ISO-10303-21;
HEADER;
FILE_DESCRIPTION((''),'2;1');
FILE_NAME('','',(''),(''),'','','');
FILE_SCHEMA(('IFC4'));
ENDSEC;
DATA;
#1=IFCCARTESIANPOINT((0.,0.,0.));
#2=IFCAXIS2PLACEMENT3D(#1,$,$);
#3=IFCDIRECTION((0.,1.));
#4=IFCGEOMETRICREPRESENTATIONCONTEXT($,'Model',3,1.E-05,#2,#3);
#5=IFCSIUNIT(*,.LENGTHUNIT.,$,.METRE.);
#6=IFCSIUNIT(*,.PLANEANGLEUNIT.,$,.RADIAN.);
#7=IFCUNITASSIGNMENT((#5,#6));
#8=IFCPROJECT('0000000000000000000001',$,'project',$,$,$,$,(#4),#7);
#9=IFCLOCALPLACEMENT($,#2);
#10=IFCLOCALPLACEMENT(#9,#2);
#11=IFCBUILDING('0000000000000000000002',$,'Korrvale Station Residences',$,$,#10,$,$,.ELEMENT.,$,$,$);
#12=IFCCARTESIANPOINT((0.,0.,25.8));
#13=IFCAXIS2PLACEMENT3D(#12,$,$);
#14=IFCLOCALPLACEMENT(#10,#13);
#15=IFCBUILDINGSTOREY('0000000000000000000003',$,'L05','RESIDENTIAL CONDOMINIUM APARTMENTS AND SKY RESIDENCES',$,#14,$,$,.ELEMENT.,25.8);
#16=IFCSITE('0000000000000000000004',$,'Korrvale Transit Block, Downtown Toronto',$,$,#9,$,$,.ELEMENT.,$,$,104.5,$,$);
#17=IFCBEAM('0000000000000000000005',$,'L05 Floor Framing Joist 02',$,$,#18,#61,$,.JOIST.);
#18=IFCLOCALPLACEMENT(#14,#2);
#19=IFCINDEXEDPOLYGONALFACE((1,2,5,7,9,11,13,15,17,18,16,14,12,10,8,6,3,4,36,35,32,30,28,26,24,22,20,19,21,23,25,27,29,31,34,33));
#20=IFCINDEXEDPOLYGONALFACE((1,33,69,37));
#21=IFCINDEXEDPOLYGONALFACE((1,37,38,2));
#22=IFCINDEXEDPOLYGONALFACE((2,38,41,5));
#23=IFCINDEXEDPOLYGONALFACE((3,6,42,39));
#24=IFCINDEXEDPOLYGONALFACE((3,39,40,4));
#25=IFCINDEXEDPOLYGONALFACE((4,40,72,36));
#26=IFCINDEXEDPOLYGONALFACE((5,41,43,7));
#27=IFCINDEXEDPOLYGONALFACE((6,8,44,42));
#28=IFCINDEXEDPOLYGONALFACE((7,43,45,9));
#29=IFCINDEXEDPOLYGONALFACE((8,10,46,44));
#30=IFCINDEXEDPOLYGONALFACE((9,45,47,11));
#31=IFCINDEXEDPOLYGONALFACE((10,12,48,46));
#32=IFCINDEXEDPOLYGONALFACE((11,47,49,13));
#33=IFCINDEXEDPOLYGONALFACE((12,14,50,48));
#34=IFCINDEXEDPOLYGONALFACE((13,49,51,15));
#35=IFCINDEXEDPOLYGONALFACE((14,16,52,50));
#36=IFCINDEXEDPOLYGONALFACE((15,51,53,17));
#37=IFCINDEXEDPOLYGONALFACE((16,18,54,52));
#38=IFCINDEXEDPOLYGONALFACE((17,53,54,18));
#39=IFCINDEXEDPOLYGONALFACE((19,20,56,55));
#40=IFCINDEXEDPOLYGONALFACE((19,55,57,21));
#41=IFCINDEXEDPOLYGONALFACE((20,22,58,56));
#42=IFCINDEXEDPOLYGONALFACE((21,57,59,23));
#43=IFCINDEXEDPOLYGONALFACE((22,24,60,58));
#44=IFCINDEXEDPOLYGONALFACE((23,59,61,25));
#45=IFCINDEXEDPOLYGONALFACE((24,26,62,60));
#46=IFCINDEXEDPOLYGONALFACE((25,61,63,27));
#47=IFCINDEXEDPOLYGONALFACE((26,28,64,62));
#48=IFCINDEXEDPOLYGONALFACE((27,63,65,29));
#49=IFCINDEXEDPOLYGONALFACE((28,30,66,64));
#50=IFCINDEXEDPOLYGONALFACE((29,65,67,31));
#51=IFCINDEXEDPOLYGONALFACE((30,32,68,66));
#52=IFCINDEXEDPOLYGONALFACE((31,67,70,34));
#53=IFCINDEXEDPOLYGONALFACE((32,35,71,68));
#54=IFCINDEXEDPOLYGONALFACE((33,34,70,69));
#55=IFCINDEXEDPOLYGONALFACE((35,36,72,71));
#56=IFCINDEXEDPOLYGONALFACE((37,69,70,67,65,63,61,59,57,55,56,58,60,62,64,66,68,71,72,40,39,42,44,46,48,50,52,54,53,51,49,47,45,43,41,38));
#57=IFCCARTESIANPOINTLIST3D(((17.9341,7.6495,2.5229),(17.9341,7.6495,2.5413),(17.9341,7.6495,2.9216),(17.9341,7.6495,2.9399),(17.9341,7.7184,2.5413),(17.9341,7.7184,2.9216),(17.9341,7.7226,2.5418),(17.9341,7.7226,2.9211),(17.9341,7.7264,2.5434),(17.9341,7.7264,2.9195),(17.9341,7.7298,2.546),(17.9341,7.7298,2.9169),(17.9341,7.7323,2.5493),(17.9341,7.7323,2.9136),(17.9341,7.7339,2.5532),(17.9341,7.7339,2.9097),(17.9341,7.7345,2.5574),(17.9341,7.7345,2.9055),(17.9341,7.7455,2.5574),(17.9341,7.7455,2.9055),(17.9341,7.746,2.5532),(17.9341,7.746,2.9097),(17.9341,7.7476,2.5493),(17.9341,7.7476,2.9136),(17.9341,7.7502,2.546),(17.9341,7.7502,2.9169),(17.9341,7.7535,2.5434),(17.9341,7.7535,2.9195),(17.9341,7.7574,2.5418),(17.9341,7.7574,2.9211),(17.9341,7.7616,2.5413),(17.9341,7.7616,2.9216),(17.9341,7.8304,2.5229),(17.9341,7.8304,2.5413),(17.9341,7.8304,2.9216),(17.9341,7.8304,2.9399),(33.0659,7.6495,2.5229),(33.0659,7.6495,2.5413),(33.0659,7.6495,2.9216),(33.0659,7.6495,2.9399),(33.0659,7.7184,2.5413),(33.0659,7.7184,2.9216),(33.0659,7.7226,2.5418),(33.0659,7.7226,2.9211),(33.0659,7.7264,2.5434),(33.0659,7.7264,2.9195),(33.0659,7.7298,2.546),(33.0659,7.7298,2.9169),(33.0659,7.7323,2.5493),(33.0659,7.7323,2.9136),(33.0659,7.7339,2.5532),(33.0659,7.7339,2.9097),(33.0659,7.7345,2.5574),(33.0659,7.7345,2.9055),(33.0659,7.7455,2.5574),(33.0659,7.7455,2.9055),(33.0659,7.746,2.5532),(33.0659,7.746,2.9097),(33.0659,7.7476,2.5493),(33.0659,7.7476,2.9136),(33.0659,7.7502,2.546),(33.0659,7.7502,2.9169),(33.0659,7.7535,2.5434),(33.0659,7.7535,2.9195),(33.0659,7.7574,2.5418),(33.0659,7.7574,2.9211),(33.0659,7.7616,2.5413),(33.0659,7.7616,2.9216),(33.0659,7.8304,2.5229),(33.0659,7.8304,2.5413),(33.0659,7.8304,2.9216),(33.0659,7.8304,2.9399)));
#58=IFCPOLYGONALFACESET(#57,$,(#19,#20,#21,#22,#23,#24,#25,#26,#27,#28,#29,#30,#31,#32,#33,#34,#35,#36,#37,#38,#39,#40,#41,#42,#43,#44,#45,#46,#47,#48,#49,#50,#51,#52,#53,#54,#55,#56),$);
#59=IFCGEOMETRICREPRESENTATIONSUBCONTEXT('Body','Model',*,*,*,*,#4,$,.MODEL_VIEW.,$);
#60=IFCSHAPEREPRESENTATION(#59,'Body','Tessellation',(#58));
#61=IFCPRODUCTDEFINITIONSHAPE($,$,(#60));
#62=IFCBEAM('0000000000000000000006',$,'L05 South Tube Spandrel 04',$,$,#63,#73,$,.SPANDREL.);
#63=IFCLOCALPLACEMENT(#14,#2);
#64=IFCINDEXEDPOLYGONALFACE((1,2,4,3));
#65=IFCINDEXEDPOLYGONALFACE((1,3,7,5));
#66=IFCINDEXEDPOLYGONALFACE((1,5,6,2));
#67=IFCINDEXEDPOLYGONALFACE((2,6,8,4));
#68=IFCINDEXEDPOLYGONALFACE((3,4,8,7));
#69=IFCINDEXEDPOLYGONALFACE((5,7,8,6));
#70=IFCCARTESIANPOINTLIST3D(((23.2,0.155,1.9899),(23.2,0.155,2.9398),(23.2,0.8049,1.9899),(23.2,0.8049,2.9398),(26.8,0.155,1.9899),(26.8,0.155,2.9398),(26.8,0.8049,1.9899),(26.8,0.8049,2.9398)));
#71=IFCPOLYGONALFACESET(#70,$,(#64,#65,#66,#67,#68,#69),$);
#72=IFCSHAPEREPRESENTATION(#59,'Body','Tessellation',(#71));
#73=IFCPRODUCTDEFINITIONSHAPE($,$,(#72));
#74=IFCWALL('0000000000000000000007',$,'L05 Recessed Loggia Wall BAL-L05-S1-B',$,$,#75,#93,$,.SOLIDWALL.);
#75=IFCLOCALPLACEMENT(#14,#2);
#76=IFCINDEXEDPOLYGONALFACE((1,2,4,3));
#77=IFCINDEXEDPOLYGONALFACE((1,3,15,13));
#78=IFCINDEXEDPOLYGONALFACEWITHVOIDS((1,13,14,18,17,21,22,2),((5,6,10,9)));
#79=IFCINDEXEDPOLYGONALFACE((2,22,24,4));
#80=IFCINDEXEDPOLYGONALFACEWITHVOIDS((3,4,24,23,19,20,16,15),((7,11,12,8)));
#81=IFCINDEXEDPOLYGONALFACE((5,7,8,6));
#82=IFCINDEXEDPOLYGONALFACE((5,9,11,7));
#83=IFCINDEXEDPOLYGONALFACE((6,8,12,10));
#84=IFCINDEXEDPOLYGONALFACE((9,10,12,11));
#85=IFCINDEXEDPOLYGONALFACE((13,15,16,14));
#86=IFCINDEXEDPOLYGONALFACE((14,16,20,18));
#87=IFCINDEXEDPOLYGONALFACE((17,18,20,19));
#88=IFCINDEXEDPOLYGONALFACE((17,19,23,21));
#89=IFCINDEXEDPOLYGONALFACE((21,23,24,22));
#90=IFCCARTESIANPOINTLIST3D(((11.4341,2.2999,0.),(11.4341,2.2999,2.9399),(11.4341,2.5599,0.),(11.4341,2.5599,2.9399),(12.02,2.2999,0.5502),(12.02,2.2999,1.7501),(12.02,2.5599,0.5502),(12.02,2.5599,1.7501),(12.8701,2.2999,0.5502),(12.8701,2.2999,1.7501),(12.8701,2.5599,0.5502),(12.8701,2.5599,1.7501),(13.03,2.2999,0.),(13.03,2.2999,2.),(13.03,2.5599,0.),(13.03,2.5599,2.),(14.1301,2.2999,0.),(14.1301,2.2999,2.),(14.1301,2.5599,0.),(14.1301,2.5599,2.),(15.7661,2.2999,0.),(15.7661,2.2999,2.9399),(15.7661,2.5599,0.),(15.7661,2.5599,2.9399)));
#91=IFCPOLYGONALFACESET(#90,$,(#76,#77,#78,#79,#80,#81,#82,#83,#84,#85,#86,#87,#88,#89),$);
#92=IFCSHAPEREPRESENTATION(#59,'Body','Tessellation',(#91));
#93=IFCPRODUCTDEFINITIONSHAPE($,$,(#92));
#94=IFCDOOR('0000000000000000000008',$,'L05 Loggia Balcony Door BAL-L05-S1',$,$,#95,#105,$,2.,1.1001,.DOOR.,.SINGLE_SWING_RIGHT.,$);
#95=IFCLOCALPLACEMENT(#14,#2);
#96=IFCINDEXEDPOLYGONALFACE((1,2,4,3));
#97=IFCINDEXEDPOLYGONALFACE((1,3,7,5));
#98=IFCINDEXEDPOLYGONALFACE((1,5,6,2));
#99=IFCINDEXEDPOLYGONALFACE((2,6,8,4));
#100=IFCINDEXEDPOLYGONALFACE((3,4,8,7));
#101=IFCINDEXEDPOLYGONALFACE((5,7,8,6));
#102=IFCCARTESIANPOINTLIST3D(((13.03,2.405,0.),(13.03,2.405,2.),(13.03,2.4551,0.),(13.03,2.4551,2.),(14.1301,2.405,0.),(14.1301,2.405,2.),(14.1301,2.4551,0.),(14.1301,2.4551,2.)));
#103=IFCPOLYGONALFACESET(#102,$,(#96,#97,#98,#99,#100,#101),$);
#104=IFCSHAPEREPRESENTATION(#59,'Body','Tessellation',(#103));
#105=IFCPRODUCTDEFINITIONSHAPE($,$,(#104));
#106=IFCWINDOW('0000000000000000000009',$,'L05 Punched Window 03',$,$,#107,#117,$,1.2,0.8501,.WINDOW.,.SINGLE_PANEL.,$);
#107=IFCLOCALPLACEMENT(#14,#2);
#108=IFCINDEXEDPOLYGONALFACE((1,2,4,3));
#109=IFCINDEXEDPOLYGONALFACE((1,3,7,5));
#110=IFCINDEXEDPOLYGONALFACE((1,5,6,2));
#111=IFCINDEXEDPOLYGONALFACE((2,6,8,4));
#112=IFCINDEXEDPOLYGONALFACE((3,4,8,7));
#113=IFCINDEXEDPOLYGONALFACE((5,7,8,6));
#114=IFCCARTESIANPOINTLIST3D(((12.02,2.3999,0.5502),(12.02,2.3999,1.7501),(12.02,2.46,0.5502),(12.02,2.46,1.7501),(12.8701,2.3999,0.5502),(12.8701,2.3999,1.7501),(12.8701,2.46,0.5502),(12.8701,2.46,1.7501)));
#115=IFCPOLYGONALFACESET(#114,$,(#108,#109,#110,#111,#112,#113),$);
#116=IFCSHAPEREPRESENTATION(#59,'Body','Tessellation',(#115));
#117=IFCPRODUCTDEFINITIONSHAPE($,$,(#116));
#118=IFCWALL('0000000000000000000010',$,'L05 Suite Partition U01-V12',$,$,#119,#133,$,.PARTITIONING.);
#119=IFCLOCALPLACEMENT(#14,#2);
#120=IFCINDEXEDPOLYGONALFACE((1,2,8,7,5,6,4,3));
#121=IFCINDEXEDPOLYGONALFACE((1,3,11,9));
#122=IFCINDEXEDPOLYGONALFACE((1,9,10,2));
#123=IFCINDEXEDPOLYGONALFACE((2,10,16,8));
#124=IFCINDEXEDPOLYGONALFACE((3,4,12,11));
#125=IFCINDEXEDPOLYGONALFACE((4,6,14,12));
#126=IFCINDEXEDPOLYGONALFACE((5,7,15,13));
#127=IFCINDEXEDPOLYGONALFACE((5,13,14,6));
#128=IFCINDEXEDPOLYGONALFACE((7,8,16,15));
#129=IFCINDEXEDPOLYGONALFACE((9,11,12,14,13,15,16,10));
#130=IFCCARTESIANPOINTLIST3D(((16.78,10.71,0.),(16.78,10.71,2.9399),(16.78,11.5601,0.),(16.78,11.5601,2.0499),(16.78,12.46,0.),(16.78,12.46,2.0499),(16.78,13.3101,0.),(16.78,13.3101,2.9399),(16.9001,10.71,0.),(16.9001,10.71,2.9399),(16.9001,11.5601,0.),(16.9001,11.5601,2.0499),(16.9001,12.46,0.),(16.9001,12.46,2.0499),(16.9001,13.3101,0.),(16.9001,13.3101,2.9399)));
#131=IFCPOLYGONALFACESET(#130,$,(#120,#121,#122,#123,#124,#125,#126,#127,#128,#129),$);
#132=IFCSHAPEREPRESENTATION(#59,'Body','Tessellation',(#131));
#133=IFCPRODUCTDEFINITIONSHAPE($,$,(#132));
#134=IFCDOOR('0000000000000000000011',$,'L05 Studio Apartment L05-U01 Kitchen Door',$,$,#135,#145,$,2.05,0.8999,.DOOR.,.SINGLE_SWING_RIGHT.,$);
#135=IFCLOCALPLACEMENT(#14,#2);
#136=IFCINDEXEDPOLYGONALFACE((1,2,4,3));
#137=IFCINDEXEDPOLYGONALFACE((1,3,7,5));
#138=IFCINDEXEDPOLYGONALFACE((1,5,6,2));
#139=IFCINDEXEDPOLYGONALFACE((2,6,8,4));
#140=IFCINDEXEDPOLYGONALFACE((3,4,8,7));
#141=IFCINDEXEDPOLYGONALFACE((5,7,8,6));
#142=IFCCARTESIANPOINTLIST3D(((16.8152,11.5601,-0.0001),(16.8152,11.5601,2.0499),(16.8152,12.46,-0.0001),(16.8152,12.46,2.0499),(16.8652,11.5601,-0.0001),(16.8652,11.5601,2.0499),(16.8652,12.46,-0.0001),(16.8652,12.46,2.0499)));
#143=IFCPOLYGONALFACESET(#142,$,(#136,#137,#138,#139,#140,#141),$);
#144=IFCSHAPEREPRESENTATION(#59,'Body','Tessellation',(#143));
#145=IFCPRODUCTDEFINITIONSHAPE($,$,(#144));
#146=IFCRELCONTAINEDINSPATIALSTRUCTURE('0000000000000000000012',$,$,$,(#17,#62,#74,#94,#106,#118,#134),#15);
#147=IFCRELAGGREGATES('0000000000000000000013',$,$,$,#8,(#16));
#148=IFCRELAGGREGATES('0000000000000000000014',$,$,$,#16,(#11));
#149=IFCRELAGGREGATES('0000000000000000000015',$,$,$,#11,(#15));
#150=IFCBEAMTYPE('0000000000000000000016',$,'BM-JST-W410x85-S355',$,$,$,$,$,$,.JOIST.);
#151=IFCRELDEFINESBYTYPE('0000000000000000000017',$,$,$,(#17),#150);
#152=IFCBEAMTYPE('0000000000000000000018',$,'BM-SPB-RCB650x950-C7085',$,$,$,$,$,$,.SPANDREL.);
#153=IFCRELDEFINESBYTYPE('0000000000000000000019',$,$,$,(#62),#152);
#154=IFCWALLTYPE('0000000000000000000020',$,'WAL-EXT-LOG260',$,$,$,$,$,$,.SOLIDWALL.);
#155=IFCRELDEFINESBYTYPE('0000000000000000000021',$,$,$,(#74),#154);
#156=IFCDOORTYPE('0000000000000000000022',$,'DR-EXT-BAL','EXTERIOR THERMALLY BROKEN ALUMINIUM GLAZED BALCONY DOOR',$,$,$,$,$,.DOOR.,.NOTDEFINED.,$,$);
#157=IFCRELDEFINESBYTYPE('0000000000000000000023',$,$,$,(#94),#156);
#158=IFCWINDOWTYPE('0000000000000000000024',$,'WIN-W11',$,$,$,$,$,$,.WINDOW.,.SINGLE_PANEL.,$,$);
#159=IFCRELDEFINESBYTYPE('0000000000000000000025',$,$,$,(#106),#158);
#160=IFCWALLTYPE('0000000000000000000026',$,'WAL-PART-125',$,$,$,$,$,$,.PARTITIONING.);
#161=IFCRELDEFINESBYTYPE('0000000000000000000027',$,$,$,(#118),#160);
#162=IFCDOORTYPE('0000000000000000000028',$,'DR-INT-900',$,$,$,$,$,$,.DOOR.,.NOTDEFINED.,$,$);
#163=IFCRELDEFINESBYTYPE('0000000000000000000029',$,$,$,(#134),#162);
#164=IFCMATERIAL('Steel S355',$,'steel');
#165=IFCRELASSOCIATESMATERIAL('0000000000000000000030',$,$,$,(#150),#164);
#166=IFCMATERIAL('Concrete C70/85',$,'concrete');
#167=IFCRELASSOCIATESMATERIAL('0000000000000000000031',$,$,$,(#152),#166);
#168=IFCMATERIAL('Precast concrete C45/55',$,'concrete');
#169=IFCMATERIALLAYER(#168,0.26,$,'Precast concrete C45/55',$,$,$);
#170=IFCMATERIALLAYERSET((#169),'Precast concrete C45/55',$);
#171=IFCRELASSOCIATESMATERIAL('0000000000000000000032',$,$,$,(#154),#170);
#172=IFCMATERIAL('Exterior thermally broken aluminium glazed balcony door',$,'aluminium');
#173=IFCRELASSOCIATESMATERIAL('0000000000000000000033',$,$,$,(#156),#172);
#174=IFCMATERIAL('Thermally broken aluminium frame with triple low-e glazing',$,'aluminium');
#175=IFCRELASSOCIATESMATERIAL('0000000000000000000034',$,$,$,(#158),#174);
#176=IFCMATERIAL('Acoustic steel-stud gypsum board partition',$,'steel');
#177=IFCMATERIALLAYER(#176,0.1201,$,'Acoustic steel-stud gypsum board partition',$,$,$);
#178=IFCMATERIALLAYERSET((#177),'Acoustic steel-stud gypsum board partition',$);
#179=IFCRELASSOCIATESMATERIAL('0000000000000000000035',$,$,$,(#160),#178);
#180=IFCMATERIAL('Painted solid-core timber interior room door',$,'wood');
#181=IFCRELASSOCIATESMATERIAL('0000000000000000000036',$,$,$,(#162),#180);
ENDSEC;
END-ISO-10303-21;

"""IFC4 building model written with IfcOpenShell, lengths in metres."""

from ifc_helpers import new_model, si_unit, direction, frame, frame_2d, origin, origin_2d, place, context, subcontext, project, spatial, rectangle, i_section, extrude, material, layer, layer_set, material_profile, profile_set, type_object, element, fill, save


model = new_model("IFC4")

# Units and contexts
model_context = context("Model", 3, precision=1e-05, world=origin(), true_north=direction((0.0, 1.0)))
body_context = subcontext(model_context, "Body", "Model", "MODEL_VIEW")
ifc_project = project(units=[si_unit("LENGTHUNIT", "METRE"), si_unit("PLANEANGLEUNIT", "RADIAN")], contexts=[model_context])

# Site, building, storey
site_placement = place(None, origin())
site = spatial("IfcSite", under=ifc_project, at=site_placement, Name="Korrvale Transit Block, Downtown Toronto", CompositionType="ELEMENT", RefElevation=104.5)
building_placement = place(site_placement, origin())
building = spatial("IfcBuilding", under=site, at=building_placement, Name="Korrvale Station Residences", CompositionType="ELEMENT")
storey_placement = place(building_placement, frame((0.0, 0.0, 25.8)))
storey = spatial("IfcBuildingStorey", under=building, at=storey_placement, Name="L05", Description="RESIDENTIAL CONDOMINIUM APARTMENTS AND SKY RESIDENCES", CompositionType="ELEMENT", Elevation=25.8)

# Beams
ifc_material_1 = material(Name="Steel S355", Category="steel")
ifc_material_profile_1 = material_profile(ifc_material_1, i_section(OverallWidth=0.1809, OverallDepth=0.417, WebThickness=0.011, FlangeThickness=0.0183, FilletRadius=0.0161, at=origin_2d()), Name="W410x85")
ifc_profile_set_1 = profile_set([ifc_material_profile_1], Name="Steel S355")
beam_type_1 = type_object("IfcBeamType", Name="BM-JST-W410x85-S355", PredefinedType="JOIST", material=ifc_profile_set_1)
beam_1_placement = place(storey_placement, frame((17.9341, 7.74, 2.7314), z_axis=(1.0, 0.0, 0.0), x_axis=(0.0, 1.0, 0.0)))
element("IfcBeam", 1, at=beam_1_placement, inside=storey, type_object=beam_type_1, Name="L05 Floor Framing Joist 02", PredefinedType="JOIST", context=body_context, shape_type="SweptSolid", body=[
    extrude(i_section(OverallWidth=0.1809, OverallDepth=0.417, WebThickness=0.011, FlangeThickness=0.0183, FilletRadius=0.0161, at=origin_2d()), origin(), (0.0, 0.0, 1.0), 15.1318),
])
ifc_material_2 = material(Name="Concrete C70/85", Category="concrete")
ifc_material_profile_2 = material_profile(ifc_material_2, rectangle(XDim=0.6499, YDim=0.95, at=origin_2d()), Name="RCB650x950")
ifc_profile_set_2 = profile_set([ifc_material_profile_2], Name="Concrete C70/85")
beam_type_2 = type_object("IfcBeamType", Name="BM-SPB-RCB650x950-C7085", PredefinedType="SPANDREL", material=ifc_profile_set_2)
beam_2_placement = place(storey_placement, frame((23.2, 0.48, 2.4648), z_axis=(1.0, 0.0, 0.0), x_axis=(0.0, 1.0, 0.0)))
element("IfcBeam", 2, at=beam_2_placement, inside=storey, type_object=beam_type_2, Name="L05 South Tube Spandrel 04", PredefinedType="SPANDREL", context=body_context, shape_type="SweptSolid", body=[
    extrude(rectangle(XDim=0.6499, YDim=0.95, at=origin_2d()), origin(), (0.0, 0.0, 1.0), 3.6001),
])

# Wall, openings, door, window
ifc_material_3 = material(Name="Precast concrete C45/55", Category="concrete")
ifc_layer_1 = layer(ifc_material_3, 0.26, Name="Precast concrete C45/55")
ifc_layer_set_1 = layer_set([ifc_layer_1], Name="Precast concrete C45/55")
wall_type_1 = type_object("IfcWallType", Name="WAL-EXT-LOG260", PredefinedType="SOLIDWALL", material=ifc_layer_set_1)
wall_1_placement = place(storey_placement, frame((15.7661, 2.4299, 0.0), z_axis=(0.0, 0.0, 1.0), x_axis=(-1.0, 0.0, 0.0)))
wall_1 = element("IfcWall", 3, at=wall_1_placement, inside=storey, type_object=wall_type_1, Name="L05 Recessed Loggia Wall BAL-L05-S1-B", PredefinedType="SOLIDWALL", context=body_context, shape_type="SweptSolid", body=[
    extrude(rectangle(XDim=4.332, YDim=0.26, at=frame_2d((2.166, 0.0))), origin(), (0.0, 0.0, 1.0), 2.9399),
])
opening_1_placement = place(wall_1_placement, frame((1.636, 0.0, 0.0)))
opening_1 = element("IfcOpeningElement", 4, at=opening_1_placement, cuts=wall_1, PredefinedType="OPENING", context=body_context, shape_type="SweptSolid", body=[
    extrude(rectangle(XDim=1.1001, YDim=2.0, at=frame_2d((0.55, 1.0))), frame((0.0, 0.1401, 0.0), z_axis=(0.0, -1.0, 0.0), x_axis=(1.0, 0.0, 0.0)), (0.0, 0.0, 1.0), 0.28),
])
opening_2_placement = place(wall_1_placement, frame((2.896, 0.0, 0.55)))
opening_2 = element("IfcOpeningElement", 5, at=opening_2_placement, cuts=wall_1, PredefinedType="OPENING", context=body_context, shape_type="SweptSolid", body=[
    extrude(rectangle(XDim=0.8501, YDim=1.2, at=frame_2d((0.425, 0.6001))), frame((0.0, 0.1401, 0.0), z_axis=(0.0, -1.0, 0.0), x_axis=(1.0, 0.0, 0.0)), (0.0, 0.0, 1.0), 0.28),
])
ifc_material_4 = material(Name="Exterior thermally broken aluminium glazed balcony door", Category="aluminium")
door_type_1 = type_object("IfcDoorType", Name="DR-EXT-BAL", Description="EXTERIOR THERMALLY BROKEN ALUMINIUM GLAZED BALCONY DOOR", OperationType="NOTDEFINED", PredefinedType="DOOR", material=ifc_material_4)
door_1_placement = place(opening_1_placement, origin())
door_1 = element("IfcDoor", 6, at=door_1_placement, inside=storey, type_object=door_type_1, Name="L05 Loggia Balcony Door BAL-L05-S1", OperationType="SINGLE_SWING_RIGHT", OverallHeight=2.0, OverallWidth=1.1001, PredefinedType="DOOR", context=body_context, shape_type="SweptSolid", body=[
    extrude(rectangle(XDim=1.1001, YDim=2.0, at=frame_2d((0.55, 1.0))), frame((0.0, 0.0249, 0.0), z_axis=(0.0, -1.0, 0.0), x_axis=(1.0, 0.0, 0.0)), (0.0, 0.0, 1.0), 0.05),
])
fill(opening_1, door_1)
ifc_material_5 = material(Name="Thermally broken aluminium frame with triple low-e glazing", Category="aluminium")
window_type = type_object("IfcWindowType", Name="WIN-W11", PartitioningType="SINGLE_PANEL", PredefinedType="WINDOW", material=ifc_material_5)
window_placement = place(opening_2_placement, origin())
window = element("IfcWindow", 7, at=window_placement, inside=storey, type_object=window_type, Name="L05 Punched Window 03", OverallHeight=1.2, OverallWidth=0.8501, PartitioningType="SINGLE_PANEL", PredefinedType="WINDOW", context=body_context, shape_type="SweptSolid", body=[
    extrude(rectangle(XDim=0.8501, YDim=1.2, at=frame_2d((0.425, 0.6001))), frame((0.0, 0.03, 0.0), z_axis=(0.0, -1.0, 0.0), x_axis=(1.0, 0.0, 0.0)), (0.0, 0.0, 1.0), 0.0601),
])
fill(opening_2, window)

# Wall, opening, door
ifc_material_6 = material(Name="Acoustic steel-stud gypsum board partition", Category="steel")
ifc_layer_2 = layer(ifc_material_6, 0.1201, Name="Acoustic steel-stud gypsum board partition")
ifc_layer_set_2 = layer_set([ifc_layer_2], Name="Acoustic steel-stud gypsum board partition")
wall_type_2 = type_object("IfcWallType", Name="WAL-PART-125", PredefinedType="PARTITIONING", material=ifc_layer_set_2)
wall_2_placement = place(storey_placement, frame((16.8401, 10.71, 0.0), z_axis=(0.0, 0.0, 1.0), x_axis=(0.0, 1.0, 0.0)))
wall_2 = element("IfcWall", 8, at=wall_2_placement, inside=storey, type_object=wall_type_2, Name="L05 Suite Partition U01-V12", PredefinedType="PARTITIONING", context=body_context, shape_type="SweptSolid", body=[
    extrude(rectangle(XDim=2.6001, YDim=0.1201, at=frame_2d((1.3, 0.0))), origin(), (0.0, 0.0, 1.0), 2.9399),
])
opening_3_placement = place(wall_2_placement, frame((0.8501, 0.0, 0.0)))
opening_3 = element("IfcOpeningElement", 9, at=opening_3_placement, cuts=wall_2, PredefinedType="OPENING", context=body_context, shape_type="SweptSolid", body=[
    extrude(rectangle(XDim=0.8999, YDim=2.05, at=frame_2d((0.45, 1.0249))), frame((0.0, 0.0701, 0.0), z_axis=(0.0, -1.0, 0.0), x_axis=(1.0, 0.0, 0.0)), (0.0, 0.0, 1.0), 0.1401),
])
ifc_material_7 = material(Name="Painted solid-core timber interior room door", Category="wood")
door_type_2 = type_object("IfcDoorType", Name="DR-INT-900", OperationType="NOTDEFINED", PredefinedType="DOOR", material=ifc_material_7)
door_2_placement = place(opening_3_placement, origin())
door_2 = element("IfcDoor", 10, at=door_2_placement, inside=storey, type_object=door_type_2, Name="L05 Studio Apartment L05-U01 Kitchen Door", OperationType="SINGLE_SWING_RIGHT", OverallHeight=2.05, OverallWidth=0.8999, PredefinedType="DOOR", context=body_context, shape_type="SweptSolid", body=[
    extrude(rectangle(XDim=0.8999, YDim=2.05, at=frame_2d((0.45, 1.0249))), frame((0.0, 0.0249, 0.0), z_axis=(0.0, -1.0, 0.0), x_axis=(1.0, 0.0, 0.0)), (0.0, 0.0, 1.0), 0.05),
])
fill(opening_3, door_2)

save(model, "model.ifc")
